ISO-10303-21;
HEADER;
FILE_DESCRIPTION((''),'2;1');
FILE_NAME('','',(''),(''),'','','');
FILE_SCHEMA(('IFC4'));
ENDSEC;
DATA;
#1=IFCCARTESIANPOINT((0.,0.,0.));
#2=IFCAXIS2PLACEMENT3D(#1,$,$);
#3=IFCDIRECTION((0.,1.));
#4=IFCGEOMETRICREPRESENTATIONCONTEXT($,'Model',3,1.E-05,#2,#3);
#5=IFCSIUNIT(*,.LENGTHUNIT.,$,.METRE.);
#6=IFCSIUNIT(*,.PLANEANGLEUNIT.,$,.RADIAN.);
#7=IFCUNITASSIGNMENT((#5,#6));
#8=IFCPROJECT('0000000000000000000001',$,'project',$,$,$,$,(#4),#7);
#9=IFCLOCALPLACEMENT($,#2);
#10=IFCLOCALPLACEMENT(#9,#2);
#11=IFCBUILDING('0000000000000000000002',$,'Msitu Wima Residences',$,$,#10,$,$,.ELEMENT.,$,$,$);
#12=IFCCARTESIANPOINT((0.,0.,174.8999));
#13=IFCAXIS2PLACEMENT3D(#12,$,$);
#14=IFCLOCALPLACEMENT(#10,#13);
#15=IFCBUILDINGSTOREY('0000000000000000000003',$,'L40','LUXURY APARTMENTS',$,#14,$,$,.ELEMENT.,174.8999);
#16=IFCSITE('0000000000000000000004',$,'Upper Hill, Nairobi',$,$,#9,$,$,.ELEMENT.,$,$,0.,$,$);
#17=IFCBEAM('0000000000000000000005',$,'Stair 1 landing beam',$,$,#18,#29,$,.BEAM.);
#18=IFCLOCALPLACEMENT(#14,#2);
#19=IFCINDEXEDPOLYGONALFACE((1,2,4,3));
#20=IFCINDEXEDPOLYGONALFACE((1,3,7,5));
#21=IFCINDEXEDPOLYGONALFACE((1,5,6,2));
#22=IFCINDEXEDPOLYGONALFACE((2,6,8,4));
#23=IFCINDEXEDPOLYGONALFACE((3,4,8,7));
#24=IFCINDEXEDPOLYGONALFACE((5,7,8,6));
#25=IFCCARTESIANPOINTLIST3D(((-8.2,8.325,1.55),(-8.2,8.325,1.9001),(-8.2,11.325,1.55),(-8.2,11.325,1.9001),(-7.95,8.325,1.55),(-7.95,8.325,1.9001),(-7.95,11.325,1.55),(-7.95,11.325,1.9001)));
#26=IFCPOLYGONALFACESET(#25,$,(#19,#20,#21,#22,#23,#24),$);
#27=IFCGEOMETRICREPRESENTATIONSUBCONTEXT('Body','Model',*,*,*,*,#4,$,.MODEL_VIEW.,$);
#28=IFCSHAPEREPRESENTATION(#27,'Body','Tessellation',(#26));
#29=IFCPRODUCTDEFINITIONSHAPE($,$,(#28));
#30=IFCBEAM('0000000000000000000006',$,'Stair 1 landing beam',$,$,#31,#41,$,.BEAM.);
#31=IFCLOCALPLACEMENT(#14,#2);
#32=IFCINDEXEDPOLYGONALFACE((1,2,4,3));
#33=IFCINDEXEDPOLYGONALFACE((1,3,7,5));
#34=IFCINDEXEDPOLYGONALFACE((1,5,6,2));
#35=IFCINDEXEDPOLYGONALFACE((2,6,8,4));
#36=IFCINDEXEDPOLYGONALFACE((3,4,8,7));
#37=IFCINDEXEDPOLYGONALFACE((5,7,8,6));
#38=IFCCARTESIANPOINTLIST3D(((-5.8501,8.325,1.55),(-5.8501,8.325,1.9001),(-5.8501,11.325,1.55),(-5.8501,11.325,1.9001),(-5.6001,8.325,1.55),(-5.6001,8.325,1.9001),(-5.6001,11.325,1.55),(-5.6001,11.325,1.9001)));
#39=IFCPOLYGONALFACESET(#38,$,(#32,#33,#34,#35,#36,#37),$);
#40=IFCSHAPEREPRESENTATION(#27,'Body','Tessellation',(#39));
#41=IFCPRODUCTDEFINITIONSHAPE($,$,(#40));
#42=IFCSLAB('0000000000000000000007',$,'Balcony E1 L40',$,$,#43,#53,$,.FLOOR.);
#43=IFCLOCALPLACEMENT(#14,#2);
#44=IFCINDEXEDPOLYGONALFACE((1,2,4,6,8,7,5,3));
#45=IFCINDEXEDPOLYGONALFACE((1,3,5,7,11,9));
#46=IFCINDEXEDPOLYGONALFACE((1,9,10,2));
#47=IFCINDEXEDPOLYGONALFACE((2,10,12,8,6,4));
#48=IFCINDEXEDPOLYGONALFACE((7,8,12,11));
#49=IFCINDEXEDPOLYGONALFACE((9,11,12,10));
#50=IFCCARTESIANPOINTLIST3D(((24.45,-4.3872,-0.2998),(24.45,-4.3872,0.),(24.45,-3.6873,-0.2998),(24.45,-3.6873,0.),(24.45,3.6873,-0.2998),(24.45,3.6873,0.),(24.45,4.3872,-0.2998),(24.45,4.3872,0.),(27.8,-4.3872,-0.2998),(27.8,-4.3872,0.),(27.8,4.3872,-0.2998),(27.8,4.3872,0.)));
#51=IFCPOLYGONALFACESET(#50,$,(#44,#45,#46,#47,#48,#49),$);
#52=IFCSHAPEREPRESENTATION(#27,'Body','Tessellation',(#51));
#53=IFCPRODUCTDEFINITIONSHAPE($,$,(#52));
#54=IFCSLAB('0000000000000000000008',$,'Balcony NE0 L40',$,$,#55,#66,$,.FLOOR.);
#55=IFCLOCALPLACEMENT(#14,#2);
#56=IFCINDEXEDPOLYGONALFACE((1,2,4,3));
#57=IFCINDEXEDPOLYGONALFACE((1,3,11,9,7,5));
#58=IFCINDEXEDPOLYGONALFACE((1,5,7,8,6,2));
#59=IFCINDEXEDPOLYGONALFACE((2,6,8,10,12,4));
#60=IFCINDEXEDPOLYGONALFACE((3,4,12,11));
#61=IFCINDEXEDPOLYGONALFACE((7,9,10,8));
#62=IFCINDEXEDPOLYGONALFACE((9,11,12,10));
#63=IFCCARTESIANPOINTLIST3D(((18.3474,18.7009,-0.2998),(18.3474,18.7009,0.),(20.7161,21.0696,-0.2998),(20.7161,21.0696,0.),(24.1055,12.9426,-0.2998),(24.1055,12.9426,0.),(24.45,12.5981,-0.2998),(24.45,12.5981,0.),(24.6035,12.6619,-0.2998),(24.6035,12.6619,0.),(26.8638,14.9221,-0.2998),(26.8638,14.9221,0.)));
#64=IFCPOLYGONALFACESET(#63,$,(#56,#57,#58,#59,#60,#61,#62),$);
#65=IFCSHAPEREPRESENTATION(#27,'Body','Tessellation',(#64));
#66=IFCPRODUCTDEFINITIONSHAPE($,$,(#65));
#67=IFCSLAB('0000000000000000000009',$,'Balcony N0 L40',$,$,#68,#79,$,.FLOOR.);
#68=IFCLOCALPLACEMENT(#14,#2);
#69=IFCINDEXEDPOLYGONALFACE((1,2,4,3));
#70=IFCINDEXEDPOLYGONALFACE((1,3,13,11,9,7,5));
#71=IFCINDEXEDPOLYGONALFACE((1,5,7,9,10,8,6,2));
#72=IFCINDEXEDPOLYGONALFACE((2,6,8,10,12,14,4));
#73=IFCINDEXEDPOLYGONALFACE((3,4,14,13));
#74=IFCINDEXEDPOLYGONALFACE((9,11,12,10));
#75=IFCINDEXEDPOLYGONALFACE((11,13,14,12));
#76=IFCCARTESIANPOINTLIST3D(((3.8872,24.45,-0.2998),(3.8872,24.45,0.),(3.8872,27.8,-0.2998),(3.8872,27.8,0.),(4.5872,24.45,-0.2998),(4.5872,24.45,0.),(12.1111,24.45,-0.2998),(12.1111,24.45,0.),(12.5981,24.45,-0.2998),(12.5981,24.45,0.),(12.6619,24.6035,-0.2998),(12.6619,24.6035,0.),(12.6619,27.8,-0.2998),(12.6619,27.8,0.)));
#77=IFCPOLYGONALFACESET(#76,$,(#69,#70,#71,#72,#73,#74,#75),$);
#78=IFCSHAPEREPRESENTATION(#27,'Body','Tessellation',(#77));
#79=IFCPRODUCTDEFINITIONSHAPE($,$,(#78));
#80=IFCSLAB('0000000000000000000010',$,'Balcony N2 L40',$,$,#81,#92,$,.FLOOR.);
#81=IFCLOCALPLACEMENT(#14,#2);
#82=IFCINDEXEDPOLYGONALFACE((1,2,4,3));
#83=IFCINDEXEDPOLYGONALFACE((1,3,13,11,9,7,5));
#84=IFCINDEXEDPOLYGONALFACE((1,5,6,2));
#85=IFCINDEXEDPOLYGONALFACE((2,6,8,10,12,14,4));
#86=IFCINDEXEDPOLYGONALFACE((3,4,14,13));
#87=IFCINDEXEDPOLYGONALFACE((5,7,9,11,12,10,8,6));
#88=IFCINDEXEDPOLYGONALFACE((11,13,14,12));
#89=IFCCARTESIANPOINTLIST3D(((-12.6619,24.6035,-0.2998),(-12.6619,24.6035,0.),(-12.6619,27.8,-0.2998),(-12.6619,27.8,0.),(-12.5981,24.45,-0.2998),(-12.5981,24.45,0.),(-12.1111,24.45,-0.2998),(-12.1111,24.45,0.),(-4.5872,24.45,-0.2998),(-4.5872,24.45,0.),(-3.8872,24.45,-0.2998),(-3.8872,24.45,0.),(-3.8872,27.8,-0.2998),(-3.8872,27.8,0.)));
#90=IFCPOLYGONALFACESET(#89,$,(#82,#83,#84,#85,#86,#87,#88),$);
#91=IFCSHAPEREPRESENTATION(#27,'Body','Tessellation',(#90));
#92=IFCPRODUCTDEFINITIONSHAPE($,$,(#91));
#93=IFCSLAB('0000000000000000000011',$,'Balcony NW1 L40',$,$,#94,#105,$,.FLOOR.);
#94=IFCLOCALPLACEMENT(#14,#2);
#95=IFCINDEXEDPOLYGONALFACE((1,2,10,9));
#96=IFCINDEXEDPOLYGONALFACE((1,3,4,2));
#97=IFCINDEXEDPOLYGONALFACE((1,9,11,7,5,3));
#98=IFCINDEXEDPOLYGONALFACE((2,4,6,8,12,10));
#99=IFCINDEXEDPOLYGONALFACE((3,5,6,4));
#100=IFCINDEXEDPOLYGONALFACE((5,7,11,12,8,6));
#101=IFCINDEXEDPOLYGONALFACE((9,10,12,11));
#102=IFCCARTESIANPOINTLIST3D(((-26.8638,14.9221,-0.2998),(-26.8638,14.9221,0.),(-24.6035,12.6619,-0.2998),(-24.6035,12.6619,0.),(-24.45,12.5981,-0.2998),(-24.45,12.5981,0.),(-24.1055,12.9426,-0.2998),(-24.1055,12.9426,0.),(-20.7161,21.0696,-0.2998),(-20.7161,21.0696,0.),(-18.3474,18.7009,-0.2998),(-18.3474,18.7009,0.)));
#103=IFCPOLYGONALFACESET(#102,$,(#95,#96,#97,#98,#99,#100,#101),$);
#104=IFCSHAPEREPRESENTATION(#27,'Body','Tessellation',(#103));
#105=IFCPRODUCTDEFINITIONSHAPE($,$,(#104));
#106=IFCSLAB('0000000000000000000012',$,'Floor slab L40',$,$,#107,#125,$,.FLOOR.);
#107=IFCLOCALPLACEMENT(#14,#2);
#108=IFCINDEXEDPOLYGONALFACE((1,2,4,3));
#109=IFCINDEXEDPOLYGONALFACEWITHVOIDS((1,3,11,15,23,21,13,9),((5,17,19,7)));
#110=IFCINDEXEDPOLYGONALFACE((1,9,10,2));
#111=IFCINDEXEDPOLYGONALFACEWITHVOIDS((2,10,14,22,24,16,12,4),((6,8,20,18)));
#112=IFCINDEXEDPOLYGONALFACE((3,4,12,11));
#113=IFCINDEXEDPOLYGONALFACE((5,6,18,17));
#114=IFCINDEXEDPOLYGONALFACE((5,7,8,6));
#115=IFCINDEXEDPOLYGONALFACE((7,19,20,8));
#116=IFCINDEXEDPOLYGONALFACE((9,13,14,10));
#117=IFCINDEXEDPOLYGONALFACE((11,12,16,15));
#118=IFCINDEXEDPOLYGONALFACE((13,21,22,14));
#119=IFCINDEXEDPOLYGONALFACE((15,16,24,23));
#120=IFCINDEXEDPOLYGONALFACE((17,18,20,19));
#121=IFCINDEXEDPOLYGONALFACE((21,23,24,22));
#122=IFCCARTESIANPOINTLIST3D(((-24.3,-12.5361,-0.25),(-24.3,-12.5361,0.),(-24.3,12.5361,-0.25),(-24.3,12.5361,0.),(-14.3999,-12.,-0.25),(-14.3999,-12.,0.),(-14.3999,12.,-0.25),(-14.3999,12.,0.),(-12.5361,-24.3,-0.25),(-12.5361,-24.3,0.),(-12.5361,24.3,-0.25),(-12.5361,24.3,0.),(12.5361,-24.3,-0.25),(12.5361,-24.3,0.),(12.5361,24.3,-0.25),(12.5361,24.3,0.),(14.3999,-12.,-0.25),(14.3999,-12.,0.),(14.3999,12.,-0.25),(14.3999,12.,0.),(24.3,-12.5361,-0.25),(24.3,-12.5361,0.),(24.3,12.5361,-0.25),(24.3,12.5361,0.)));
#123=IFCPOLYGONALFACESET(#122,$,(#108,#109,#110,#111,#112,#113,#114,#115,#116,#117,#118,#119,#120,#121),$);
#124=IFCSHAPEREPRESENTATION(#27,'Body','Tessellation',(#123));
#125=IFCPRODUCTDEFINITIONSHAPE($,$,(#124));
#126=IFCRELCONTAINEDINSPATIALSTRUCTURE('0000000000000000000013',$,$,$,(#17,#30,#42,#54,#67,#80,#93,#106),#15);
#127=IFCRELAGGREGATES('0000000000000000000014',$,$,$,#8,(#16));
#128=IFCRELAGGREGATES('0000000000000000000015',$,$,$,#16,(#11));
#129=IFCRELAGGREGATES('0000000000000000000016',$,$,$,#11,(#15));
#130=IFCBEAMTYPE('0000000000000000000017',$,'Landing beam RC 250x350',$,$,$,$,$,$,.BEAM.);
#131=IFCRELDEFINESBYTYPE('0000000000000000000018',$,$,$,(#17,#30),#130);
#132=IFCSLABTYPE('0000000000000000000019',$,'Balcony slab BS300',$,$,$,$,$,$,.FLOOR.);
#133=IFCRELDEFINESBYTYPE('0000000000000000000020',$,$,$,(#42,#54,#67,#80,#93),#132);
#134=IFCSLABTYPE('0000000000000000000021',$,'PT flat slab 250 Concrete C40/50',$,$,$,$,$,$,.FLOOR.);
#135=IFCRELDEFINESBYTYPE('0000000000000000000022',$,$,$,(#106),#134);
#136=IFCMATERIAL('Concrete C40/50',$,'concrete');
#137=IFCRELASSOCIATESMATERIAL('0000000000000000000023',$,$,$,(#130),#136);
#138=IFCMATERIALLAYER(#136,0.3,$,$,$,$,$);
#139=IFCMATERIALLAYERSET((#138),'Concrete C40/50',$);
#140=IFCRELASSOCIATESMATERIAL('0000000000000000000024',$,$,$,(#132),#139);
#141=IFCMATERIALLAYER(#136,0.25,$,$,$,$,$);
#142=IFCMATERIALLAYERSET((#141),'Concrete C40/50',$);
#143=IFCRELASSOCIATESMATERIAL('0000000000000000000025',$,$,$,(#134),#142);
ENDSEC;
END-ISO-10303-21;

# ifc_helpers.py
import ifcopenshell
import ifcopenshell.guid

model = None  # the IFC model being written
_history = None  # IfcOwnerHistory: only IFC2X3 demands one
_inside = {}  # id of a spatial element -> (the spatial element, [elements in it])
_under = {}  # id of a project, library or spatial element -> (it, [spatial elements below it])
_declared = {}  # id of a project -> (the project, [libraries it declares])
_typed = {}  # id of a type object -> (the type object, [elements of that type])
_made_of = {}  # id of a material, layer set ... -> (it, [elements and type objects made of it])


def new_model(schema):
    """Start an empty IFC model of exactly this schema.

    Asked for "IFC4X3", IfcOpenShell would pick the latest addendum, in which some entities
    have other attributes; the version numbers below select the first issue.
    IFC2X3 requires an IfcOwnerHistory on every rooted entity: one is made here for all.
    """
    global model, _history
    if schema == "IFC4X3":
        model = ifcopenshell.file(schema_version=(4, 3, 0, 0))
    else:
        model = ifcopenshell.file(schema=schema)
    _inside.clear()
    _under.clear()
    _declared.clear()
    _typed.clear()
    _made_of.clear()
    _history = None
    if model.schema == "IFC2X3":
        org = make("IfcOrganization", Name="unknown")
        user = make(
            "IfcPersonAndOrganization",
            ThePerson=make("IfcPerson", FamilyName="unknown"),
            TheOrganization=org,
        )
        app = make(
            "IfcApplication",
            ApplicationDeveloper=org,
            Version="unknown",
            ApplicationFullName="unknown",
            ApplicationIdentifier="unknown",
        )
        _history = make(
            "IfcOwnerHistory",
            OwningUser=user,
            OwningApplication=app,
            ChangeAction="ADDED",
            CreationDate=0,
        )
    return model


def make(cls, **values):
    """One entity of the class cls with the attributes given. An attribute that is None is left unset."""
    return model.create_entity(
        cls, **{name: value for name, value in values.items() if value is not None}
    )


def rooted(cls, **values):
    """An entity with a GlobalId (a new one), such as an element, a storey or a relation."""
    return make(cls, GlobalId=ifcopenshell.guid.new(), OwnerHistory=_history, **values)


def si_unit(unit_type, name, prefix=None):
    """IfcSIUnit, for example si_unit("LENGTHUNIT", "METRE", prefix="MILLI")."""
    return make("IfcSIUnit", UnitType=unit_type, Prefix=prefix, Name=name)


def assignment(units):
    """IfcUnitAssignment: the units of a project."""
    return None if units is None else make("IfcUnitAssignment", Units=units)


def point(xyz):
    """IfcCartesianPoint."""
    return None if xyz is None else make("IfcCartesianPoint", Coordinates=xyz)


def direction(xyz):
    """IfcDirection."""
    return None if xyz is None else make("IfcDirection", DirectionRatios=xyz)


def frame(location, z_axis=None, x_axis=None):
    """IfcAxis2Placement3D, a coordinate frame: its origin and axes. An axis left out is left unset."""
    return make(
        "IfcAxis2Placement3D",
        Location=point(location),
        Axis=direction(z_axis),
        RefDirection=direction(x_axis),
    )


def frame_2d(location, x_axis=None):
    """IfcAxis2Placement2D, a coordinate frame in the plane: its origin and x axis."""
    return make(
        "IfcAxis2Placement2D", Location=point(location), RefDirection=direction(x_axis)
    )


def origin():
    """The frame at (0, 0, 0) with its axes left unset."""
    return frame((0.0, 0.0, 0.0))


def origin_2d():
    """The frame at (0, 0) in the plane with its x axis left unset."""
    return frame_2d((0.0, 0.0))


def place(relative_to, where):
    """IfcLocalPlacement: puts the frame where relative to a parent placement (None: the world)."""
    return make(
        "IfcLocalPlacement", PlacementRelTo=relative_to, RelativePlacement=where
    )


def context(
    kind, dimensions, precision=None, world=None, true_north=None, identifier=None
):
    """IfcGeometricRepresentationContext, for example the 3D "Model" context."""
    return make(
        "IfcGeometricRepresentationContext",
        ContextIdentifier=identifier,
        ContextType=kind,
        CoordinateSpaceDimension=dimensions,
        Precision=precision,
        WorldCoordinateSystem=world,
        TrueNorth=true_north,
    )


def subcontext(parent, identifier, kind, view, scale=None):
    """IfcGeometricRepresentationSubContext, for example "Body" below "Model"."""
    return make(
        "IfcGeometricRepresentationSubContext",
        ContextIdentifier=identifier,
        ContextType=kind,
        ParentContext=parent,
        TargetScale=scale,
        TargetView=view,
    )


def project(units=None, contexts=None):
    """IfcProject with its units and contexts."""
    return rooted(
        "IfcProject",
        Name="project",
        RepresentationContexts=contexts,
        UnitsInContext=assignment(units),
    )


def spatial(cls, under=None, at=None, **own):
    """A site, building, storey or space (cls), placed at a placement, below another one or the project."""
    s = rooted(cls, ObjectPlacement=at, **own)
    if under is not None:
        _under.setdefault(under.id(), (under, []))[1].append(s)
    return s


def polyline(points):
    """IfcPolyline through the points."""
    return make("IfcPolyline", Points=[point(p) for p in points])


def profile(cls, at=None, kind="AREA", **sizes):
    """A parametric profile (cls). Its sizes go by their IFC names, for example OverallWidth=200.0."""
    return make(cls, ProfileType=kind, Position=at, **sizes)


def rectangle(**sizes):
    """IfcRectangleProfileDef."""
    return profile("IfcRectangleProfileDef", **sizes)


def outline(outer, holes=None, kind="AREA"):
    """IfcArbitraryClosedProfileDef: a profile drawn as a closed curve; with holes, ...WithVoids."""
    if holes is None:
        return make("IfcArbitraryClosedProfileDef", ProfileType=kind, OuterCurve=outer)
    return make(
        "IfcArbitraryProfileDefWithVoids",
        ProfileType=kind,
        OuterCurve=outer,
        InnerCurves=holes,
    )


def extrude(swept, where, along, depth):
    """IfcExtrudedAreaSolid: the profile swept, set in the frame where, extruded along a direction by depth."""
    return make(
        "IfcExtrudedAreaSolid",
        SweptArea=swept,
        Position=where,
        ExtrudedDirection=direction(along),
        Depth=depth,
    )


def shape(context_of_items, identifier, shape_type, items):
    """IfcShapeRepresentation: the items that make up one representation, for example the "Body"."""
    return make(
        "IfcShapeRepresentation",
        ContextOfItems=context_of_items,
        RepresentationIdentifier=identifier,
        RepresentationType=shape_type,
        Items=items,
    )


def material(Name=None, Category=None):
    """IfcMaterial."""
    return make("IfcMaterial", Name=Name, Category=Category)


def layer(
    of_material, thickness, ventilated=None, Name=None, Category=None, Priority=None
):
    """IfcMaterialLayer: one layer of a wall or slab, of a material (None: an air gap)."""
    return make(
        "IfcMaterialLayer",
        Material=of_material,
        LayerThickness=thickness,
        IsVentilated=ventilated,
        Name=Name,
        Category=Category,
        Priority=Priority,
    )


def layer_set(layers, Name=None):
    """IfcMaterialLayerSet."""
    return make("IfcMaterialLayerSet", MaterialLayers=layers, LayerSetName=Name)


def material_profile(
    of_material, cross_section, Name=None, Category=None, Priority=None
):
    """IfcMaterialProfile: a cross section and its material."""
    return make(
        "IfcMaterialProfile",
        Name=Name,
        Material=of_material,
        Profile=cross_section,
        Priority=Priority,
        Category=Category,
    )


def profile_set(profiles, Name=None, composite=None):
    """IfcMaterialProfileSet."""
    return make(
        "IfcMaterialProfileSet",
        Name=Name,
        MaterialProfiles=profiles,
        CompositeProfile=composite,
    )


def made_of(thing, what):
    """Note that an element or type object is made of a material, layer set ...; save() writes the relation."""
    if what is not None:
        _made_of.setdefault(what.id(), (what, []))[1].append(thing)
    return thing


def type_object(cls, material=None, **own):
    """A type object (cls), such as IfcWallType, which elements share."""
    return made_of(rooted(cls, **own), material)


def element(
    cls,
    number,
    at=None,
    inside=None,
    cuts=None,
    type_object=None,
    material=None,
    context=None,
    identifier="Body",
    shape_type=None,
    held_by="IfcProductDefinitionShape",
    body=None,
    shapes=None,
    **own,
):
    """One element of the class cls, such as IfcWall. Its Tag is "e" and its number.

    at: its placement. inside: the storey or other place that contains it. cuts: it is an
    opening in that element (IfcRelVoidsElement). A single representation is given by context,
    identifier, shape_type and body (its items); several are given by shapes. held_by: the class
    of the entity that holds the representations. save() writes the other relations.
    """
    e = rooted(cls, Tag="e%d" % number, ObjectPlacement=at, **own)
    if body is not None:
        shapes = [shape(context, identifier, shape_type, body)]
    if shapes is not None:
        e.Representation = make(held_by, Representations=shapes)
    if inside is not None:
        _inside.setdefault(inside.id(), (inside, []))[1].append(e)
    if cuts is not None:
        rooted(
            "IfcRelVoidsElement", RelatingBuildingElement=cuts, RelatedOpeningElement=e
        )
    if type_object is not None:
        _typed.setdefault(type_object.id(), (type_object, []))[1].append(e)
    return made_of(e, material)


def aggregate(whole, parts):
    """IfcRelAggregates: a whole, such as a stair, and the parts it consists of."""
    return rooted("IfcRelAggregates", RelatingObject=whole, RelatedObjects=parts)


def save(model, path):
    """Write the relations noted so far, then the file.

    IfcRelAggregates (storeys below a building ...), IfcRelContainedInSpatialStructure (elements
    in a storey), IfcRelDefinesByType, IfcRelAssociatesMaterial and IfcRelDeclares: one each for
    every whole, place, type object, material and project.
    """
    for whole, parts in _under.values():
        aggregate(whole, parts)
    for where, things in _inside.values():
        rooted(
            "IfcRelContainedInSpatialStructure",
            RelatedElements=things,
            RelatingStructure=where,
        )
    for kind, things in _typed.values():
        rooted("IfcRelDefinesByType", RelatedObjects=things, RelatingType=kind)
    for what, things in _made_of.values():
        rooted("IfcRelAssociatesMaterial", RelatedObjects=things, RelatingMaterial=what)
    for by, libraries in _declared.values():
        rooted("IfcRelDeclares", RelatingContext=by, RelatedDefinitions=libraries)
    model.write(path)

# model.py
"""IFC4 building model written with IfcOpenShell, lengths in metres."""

from ifc_helpers import new_model, si_unit, direction, frame, origin, origin_2d, place, context, subcontext, project, spatial, polyline, rectangle, outline, extrude, material, layer, layer_set, material_profile, profile_set, type_object, element, save


model = new_model("IFC4")

# Units and contexts
model_context = context("Model", 3, precision=1e-05, world=origin(), true_north=direction((0.0, 1.0)))
body_context = subcontext(model_context, "Body", "Model", "MODEL_VIEW")
ifc_project = project(units=[si_unit("LENGTHUNIT", "METRE"), si_unit("PLANEANGLEUNIT", "RADIAN")], contexts=[model_context])

# Site, building, storey
site_placement = place(None, origin())
site = spatial("IfcSite", under=ifc_project, at=site_placement, Name="Upper Hill, Nairobi", CompositionType="ELEMENT", RefElevation=0.0)
building_placement = place(site_placement, origin())
building = spatial("IfcBuilding", under=site, at=building_placement, Name="Msitu Wima Residences", CompositionType="ELEMENT")
storey_placement = place(building_placement, frame((0.0, 0.0, 174.8999)))
storey = spatial("IfcBuildingStorey", under=building, at=storey_placement, Name="L40", Description="LUXURY APARTMENTS", CompositionType="ELEMENT", Elevation=174.8999)

# Beams
ifc_material_1 = material(Name="Concrete C40/50", Category="concrete")
ifc_material_profile = material_profile(ifc_material_1, rectangle(XDim=0.25, YDim=0.3501, at=origin_2d()), Name="RC 250x350")
ifc_profile_set = profile_set([ifc_material_profile], Name="Concrete C40/50")
beam_type = type_object("IfcBeamType", Name="Landing beam RC 250x350", PredefinedType="BEAM", material=ifc_profile_set)
for number, where, z_axis, x_axis, name in (
    (1, (-8.075, 8.325, 1.7251), (0.0, 1.0, 0.0), (-1.0, 0.0, 0.0), "Stair 1 landing beam"),
    (2, (-5.7251, 8.325, 1.7251), (0.0, 1.0, 0.0), (-1.0, 0.0, 0.0), "Stair 1 landing beam"),
):
    element("IfcBeam", number, at=place(storey_placement, frame(where, z_axis=z_axis, x_axis=x_axis)), inside=storey, type_object=beam_type, Name=name, PredefinedType="BEAM", context=body_context, shape_type="SweptSolid", body=[
        extrude(rectangle(XDim=0.25, YDim=0.3501, at=origin_2d()), origin(), (0.0, 0.0, 1.0), 3.0),
    ])

# Slabs
ifc_layer_1 = layer(ifc_material_1, 0.3)
ifc_layer_set_1 = layer_set([ifc_layer_1], Name="Concrete C40/50")
slab_type_1 = type_object("IfcSlabType", Name="Balcony slab BS300", PredefinedType="FLOOR", material=ifc_layer_set_1)
slab_1_placement = place(storey_placement, frame((0.0, 0.0, -0.2998)))
element("IfcSlab", 3, at=slab_1_placement, inside=storey, type_object=slab_type_1, Name="Balcony E1 L40", PredefinedType="FLOOR", context=body_context, shape_type="SweptSolid", body=[
    extrude(outline(polyline([(24.45, 3.6873), (24.45, 4.3872), (27.8, 4.3872), (27.8, -4.3872), (24.45, -4.3872), (24.45, -3.6873), (24.45, -3.6873), (24.45, 3.6873)])), origin(), (0.0, 0.0, 1.0), 0.2998),
])
slab_2_placement = place(storey_placement, frame((0.0, 0.0, -0.2998)))
element("IfcSlab", 4, at=slab_2_placement, inside=storey, type_object=slab_type_1, Name="Balcony NE0 L40", PredefinedType="FLOOR", context=body_context, shape_type="SweptSolid", body=[
    extrude(outline(polyline([(24.1055, 12.9426), (24.1055, 12.9426), (18.3474, 18.7009), (20.7161, 21.0696), (26.8638, 14.9221), (24.6035, 12.6619), (24.45, 12.5981), (24.1055, 12.9426), (24.1055, 12.9426)])), origin(), (0.0, 0.0, 1.0), 0.2998),
])
slab_3_placement = place(storey_placement, frame((0.0, 0.0, -0.2998)))
element("IfcSlab", 5, at=slab_3_placement, inside=storey, type_object=slab_type_1, Name="Balcony N0 L40", PredefinedType="FLOOR", context=body_context, shape_type="SweptSolid", body=[
    extrude(outline(polyline([(12.1111, 24.45), (12.1111, 24.45), (4.5872, 24.45), (3.8872, 24.45), (3.8872, 27.8), (12.6619, 27.8), (12.6619, 24.6035), (12.5981, 24.45), (12.1111, 24.45), (12.1111, 24.45)])), origin(), (0.0, 0.0, 1.0), 0.2998),
])
slab_4_placement = place(storey_placement, frame((0.0, 0.0, -0.2998)))
element("IfcSlab", 6, at=slab_4_placement, inside=storey, type_object=slab_type_1, Name="Balcony N2 L40", PredefinedType="FLOOR", context=body_context, shape_type="SweptSolid", body=[
    extrude(outline(polyline([(-12.1111, 24.45), (-12.1111, 24.45), (-12.1111, 24.45), (-12.5981, 24.45), (-12.6619, 24.6035), (-12.6619, 27.8), (-3.8872, 27.8), (-3.8872, 24.45), (-4.5872, 24.45), (-12.1111, 24.45)])), origin(), (0.0, 0.0, 1.0), 0.2998),
])
slab_5_placement = place(storey_placement, frame((0.0, 0.0, -0.2998)))
element("IfcSlab", 7, at=slab_5_placement, inside=storey, type_object=slab_type_1, Name="Balcony NW1 L40", PredefinedType="FLOOR", context=body_context, shape_type="SweptSolid", body=[
    extrude(outline(polyline([(-24.1055, 12.9426), (-24.1055, 12.9426), (-24.45, 12.5981), (-24.6035, 12.6619), (-26.8638, 14.9221), (-20.7161, 21.0696), (-18.3474, 18.7009), (-24.1055, 12.9426), (-24.1055, 12.9426)])), origin(), (0.0, 0.0, 1.0), 0.2998),
])
ifc_layer_2 = layer(ifc_material_1, 0.25)
ifc_layer_set_2 = layer_set([ifc_layer_2], Name="Concrete C40/50")
slab_type_2 = type_object("IfcSlabType", Name="PT flat slab 250 Concrete C40/50", PredefinedType="FLOOR", material=ifc_layer_set_2)
slab_6_placement = place(storey_placement, frame((0.0, 0.0, -0.25)))
element("IfcSlab", 8, at=slab_6_placement, inside=storey, type_object=slab_type_2, Name="Floor slab L40", PredefinedType="FLOOR", context=body_context, shape_type="SweptSolid", body=[
    extrude(outline(polyline([(24.3, -12.5361), (12.5361, -24.3), (-12.5361, -24.3), (-24.3, -12.5361), (-24.3, 12.5361), (-12.5361, 24.3), (12.5361, 24.3), (24.3, 12.5361), (24.3, -12.5361)]), holes=[polyline([(-14.3999, -12.0), (14.3999, -12.0), (14.3999, 12.0), (-14.3999, 12.0), (-14.3999, -12.0)])]), origin(), (0.0, 0.0, 1.0), 0.25),
])

save(model, "model.ifc")
